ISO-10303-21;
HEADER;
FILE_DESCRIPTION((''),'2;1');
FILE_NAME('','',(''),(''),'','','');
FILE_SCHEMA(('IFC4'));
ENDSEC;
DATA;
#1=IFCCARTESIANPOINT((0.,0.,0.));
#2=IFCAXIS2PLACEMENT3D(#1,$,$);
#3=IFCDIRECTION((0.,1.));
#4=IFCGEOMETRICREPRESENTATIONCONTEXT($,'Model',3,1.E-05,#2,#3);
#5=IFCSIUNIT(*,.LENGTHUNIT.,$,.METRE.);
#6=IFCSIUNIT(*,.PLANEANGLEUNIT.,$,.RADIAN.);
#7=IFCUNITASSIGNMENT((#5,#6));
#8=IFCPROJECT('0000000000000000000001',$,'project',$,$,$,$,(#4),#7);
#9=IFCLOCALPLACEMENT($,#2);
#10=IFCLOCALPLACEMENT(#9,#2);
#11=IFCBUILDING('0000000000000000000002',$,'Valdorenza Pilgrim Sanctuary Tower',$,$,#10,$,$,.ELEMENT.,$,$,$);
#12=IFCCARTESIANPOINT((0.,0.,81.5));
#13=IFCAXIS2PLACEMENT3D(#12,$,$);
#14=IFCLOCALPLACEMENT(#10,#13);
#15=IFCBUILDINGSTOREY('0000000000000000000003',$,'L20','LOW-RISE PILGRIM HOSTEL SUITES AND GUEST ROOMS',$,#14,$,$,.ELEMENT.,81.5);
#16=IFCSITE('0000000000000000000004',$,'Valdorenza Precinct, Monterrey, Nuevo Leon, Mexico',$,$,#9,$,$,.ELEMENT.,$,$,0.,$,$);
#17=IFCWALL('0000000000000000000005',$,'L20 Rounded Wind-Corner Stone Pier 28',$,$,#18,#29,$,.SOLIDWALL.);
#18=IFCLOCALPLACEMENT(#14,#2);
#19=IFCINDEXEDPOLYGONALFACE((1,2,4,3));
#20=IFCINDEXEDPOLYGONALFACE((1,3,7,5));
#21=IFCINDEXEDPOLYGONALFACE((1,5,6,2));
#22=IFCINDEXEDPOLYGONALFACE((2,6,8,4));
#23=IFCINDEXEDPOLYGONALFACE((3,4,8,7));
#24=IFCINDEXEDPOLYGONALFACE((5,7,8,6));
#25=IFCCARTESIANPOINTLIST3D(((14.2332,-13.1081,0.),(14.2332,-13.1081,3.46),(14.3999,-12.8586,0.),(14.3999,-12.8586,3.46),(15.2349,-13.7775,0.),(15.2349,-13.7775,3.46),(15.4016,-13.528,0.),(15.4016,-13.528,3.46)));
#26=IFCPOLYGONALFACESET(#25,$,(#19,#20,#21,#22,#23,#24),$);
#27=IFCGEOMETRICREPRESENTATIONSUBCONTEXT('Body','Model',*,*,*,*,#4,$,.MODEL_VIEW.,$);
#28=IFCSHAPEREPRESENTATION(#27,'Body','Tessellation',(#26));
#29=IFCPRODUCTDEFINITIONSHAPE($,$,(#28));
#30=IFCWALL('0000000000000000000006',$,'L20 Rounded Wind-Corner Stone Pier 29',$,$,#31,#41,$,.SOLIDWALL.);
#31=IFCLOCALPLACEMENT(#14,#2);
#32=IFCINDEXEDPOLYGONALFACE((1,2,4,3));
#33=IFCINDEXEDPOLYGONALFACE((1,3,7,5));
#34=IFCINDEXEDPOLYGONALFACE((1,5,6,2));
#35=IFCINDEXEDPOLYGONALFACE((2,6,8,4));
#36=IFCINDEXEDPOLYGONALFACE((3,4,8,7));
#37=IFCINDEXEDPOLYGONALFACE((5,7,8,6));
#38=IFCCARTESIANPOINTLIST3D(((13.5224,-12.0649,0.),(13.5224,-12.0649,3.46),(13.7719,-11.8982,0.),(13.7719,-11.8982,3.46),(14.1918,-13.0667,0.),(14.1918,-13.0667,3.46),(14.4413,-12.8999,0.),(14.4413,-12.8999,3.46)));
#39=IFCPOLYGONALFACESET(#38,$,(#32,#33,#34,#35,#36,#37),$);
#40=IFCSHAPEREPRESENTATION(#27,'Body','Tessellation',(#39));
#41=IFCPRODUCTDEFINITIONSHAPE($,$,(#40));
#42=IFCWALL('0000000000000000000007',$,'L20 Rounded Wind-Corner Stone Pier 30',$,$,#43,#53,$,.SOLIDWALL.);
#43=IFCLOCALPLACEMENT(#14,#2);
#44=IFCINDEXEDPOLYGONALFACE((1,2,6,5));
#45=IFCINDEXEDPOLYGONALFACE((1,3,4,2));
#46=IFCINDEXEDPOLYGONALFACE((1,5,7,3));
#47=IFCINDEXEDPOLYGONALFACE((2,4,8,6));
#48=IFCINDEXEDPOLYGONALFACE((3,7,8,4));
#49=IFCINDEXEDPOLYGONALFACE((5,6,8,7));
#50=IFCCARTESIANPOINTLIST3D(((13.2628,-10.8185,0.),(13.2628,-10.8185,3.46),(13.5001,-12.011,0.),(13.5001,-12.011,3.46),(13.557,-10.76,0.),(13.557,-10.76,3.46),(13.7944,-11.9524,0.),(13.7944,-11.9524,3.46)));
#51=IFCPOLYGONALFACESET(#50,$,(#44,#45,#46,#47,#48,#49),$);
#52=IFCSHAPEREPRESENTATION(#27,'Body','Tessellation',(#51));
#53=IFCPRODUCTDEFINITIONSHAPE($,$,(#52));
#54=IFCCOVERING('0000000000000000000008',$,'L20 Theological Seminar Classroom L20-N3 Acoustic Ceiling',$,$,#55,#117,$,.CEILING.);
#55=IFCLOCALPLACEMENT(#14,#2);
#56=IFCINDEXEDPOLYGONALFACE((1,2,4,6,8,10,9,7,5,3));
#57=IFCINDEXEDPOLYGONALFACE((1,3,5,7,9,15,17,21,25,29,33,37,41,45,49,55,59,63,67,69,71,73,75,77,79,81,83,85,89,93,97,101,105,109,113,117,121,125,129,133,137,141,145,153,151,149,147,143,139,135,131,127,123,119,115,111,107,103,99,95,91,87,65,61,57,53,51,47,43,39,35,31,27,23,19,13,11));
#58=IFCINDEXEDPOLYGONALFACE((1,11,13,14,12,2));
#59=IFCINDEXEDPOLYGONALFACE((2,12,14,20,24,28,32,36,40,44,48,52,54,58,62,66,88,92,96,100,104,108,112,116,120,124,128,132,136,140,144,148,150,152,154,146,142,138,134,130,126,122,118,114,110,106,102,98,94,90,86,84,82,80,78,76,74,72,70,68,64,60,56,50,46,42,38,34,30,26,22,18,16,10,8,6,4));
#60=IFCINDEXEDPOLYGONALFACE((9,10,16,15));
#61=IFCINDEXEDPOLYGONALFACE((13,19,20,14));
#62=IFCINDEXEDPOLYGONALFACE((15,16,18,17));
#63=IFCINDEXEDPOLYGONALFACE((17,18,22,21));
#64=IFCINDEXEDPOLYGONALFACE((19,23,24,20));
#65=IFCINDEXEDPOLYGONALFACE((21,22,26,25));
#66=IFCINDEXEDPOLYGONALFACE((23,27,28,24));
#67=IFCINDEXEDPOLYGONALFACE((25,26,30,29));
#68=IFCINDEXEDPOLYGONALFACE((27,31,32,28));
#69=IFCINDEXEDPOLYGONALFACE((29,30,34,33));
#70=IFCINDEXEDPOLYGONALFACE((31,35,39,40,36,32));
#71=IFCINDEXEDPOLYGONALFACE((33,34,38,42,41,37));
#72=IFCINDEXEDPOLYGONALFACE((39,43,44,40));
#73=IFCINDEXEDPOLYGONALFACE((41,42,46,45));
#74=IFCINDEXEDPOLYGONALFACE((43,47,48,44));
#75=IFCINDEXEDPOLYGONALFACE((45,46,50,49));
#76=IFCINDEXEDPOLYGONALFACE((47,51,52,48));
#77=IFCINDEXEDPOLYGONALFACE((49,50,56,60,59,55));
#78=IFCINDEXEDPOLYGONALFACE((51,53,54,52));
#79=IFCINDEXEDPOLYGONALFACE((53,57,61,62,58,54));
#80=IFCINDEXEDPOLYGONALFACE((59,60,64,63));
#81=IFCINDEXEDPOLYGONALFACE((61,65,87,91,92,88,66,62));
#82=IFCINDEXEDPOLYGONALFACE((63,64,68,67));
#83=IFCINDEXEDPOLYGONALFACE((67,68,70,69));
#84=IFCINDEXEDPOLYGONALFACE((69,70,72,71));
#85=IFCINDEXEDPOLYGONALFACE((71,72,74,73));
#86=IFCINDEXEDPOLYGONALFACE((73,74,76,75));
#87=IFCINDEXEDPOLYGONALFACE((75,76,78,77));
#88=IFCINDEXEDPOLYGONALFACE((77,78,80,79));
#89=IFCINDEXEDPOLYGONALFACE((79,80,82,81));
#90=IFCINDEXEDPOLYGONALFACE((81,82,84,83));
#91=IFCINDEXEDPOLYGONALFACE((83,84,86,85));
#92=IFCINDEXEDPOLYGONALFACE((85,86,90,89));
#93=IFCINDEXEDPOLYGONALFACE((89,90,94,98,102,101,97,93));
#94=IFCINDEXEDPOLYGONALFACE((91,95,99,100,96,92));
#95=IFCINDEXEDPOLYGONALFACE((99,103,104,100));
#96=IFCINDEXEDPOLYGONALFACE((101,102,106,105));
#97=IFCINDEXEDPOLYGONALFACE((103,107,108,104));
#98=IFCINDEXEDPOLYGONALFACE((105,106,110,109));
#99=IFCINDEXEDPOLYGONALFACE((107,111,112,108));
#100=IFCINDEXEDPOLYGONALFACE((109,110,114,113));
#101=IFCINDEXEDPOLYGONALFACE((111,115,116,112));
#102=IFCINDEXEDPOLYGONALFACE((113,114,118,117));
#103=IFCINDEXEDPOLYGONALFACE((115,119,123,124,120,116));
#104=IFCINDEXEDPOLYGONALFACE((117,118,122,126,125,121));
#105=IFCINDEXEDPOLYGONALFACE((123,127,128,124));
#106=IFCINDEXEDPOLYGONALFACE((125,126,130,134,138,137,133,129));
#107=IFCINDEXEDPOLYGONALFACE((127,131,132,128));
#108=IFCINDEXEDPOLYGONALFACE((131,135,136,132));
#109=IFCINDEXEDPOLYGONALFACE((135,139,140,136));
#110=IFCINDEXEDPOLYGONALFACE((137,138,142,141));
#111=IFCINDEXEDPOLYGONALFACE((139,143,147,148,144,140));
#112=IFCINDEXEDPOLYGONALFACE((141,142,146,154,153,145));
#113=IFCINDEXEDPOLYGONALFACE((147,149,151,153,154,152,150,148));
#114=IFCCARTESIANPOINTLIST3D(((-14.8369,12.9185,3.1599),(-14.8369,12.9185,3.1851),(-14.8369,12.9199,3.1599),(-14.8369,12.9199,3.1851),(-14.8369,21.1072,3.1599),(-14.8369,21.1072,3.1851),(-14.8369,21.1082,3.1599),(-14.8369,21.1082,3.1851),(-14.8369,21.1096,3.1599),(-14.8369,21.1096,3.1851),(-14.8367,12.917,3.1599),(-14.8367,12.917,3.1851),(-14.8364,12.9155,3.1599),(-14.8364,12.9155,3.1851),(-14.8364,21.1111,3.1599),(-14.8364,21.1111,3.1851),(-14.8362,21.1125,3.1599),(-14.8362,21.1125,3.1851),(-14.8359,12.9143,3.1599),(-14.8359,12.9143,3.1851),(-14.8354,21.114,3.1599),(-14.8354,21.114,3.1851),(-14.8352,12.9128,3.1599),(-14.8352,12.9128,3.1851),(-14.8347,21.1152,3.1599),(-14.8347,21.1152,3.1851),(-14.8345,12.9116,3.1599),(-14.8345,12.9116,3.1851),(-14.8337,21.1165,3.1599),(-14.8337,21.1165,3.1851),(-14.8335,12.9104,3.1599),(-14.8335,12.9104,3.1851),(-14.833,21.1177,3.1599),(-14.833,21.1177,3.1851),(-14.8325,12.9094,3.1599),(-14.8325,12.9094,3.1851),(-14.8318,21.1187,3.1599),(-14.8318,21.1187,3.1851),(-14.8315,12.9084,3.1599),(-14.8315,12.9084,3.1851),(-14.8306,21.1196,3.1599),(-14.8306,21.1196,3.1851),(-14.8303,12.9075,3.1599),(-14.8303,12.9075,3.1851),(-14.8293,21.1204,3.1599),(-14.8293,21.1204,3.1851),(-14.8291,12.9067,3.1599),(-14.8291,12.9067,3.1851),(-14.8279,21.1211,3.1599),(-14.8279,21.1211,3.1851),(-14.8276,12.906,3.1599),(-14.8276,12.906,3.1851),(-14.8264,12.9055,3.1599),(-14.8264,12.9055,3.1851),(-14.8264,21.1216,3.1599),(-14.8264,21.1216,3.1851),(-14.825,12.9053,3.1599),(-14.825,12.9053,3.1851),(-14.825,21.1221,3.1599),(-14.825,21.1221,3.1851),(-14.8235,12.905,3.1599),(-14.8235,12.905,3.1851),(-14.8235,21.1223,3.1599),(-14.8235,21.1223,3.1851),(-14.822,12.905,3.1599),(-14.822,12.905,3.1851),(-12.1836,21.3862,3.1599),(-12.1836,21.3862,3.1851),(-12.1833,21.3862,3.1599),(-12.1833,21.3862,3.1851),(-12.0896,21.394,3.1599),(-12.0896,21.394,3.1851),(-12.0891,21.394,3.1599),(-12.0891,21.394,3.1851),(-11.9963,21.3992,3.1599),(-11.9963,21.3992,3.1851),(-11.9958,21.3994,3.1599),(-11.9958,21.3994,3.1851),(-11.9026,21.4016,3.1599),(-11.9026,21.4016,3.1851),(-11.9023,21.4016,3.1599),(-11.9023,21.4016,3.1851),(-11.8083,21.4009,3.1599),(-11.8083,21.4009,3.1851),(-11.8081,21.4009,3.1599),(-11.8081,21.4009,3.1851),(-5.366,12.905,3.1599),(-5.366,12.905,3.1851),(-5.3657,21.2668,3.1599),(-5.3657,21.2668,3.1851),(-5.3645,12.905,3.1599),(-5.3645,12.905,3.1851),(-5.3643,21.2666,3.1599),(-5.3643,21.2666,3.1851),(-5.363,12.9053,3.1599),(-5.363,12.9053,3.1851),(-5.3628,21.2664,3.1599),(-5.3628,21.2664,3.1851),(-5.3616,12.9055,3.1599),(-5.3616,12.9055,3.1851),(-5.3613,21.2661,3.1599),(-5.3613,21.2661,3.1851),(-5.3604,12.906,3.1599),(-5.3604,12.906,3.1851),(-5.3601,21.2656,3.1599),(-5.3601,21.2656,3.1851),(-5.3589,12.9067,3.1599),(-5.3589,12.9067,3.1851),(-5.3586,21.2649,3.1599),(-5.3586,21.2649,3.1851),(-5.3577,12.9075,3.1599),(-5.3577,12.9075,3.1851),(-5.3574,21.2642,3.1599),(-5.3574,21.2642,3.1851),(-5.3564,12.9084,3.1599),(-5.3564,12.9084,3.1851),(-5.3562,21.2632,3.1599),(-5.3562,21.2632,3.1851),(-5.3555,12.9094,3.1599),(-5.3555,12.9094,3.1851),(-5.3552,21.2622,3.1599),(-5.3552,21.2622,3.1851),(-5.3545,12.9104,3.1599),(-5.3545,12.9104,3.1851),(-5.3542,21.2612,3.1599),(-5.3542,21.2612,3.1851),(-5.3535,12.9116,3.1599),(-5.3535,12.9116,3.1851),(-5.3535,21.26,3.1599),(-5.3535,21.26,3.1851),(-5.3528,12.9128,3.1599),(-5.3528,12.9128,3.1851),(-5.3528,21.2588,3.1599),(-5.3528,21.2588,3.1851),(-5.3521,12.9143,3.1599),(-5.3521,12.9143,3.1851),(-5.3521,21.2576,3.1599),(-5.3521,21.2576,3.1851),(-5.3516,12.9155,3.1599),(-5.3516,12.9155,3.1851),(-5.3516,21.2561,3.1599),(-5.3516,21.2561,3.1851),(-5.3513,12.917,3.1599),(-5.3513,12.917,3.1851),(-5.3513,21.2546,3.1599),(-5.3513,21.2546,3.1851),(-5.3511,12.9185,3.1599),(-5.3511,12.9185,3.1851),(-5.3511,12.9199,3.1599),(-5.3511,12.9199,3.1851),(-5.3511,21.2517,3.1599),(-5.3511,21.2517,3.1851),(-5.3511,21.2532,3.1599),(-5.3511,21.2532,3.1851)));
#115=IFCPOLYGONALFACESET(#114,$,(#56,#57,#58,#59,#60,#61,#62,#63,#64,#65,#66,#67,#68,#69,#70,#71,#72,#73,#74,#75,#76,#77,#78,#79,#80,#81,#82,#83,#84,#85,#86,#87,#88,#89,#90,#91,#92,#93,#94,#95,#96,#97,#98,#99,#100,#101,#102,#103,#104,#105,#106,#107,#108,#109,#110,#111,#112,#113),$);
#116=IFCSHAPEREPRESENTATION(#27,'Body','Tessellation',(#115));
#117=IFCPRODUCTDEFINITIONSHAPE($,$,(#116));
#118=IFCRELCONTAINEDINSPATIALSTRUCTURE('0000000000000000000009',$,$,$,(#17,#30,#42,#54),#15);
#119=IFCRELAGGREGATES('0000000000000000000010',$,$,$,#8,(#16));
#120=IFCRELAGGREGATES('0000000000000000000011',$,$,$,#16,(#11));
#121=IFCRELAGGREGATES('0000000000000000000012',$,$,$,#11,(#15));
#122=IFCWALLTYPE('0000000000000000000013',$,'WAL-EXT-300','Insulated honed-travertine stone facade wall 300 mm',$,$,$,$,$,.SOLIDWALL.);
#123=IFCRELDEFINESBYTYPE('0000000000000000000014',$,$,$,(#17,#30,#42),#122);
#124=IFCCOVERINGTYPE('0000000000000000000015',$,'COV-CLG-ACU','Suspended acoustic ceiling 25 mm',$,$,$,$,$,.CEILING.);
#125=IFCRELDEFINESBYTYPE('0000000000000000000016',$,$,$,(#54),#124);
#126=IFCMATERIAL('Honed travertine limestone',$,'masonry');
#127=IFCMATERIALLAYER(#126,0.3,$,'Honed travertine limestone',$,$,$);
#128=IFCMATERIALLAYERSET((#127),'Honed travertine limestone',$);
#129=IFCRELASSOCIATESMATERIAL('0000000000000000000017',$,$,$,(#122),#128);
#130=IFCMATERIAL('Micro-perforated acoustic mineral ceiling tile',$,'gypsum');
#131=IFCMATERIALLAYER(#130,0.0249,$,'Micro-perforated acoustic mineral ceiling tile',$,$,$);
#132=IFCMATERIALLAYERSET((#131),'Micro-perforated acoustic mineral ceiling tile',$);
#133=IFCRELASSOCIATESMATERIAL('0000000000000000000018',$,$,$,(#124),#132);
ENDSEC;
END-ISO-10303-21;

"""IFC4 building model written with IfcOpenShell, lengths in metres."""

from ifc_helpers import new_model, si_unit, direction, frame, frame_2d, origin, place, context, subcontext, project, spatial, polyline, rectangle, outline, extrude, material, layer, layer_set, type_object, element, save


model = new_model("IFC4")

# Units and contexts
model_context = context("Model", 3, precision=1e-05, world=origin(), true_north=direction((0.0, 1.0)))
body_context = subcontext(model_context, "Body", "Model", "MODEL_VIEW")
ifc_project = project(units=[si_unit("LENGTHUNIT", "METRE"), si_unit("PLANEANGLEUNIT", "RADIAN")], contexts=[model_context])

# Site, building, storey
site_placement = place(None, origin())
site = spatial("IfcSite", under=ifc_project, at=site_placement, Name="Valdorenza Precinct, Monterrey, Nuevo Leon, Mexico", CompositionType="ELEMENT", RefElevation=0.0)
building_placement = place(site_placement, origin())
building = spatial("IfcBuilding", under=site, at=building_placement, Name="Valdorenza Pilgrim Sanctuary Tower", CompositionType="ELEMENT")
storey_placement = place(building_placement, frame((0.0, 0.0, 81.5)))
storey = spatial("IfcBuildingStorey", under=building, at=storey_placement, Name="L20", Description="LOW-RISE PILGRIM HOSTEL SUITES AND GUEST ROOMS", CompositionType="ELEMENT", Elevation=81.5)

# Shared definitions
ifc_material_1 = material(Name="Honed travertine limestone", Category="masonry")

# Walls
ifc_layer_1 = layer(ifc_material_1, 0.3, Name="Honed travertine limestone")
ifc_layer_set_1 = layer_set([ifc_layer_1], Name="Honed travertine limestone")
wall_type_1 = type_object("IfcWallType", Name="WAL-EXT-300", Description="Insulated honed-travertine stone facade wall 300 mm", PredefinedType="SOLIDWALL", material=ifc_layer_set_1)
for number, where, z_axis, x_axis, name in (
    (1, (15.3184, -13.6528, 0.0), (0.0, 0.0, 1.0), (-0.831426, 0.555635, 0.0), "L20 Rounded Wind-Corner Stone Pier 28"),
    (2, (14.3167, -12.9834, 0.0), (0.0, 0.0, 1.0), (-0.555635, 0.831426, 0.0), "L20 Rounded Wind-Corner Stone Pier 29"),
):
    element("IfcWall", number, at=place(storey_placement, frame(where, z_axis=z_axis, x_axis=x_axis)), inside=storey, type_object=wall_type_1, Name=name, PredefinedType="SOLIDWALL", context=body_context, shape_type="SweptSolid", body=[
        extrude(rectangle(XDim=1.2048, YDim=0.3, at=frame_2d((0.6025, 0.0))), origin(), (0.0, 0.0, 1.0), 3.46),
    ])
wall_1_placement = place(storey_placement, frame((13.6472, -11.9817, 0.0), z_axis=(0.0, 0.0, 1.0), x_axis=(-0.195189, 0.980766, 0.0)))
element("IfcWall", 3, at=wall_1_placement, inside=storey, type_object=wall_type_1, Name="L20 Rounded Wind-Corner Stone Pier 30", PredefinedType="SOLIDWALL", context=body_context, shape_type="SweptSolid", body=[
    extrude(rectangle(XDim=1.2158, YDim=0.3, at=frame_2d((0.6079, 0.0))), origin(), (0.0, 0.0, 1.0), 3.46),
])

# Covering
ifc_material_2 = material(Name="Micro-perforated acoustic mineral ceiling tile", Category="gypsum")
ifc_layer_2 = layer(ifc_material_2, 0.0249, Name="Micro-perforated acoustic mineral ceiling tile")
ifc_layer_set_2 = layer_set([ifc_layer_2], Name="Micro-perforated acoustic mineral ceiling tile")
covering_type_1 = type_object("IfcCoveringType", Name="COV-CLG-ACU", Description="Suspended acoustic ceiling 25 mm", PredefinedType="CEILING", material=ifc_layer_set_2)
covering_1_placement = place(storey_placement, frame((0.0, 0.0, 3.1599)))
element("IfcCovering", 4, at=covering_1_placement, inside=storey, type_object=covering_type_1, Name="L20 Theological Seminar Classroom L20-N3 Acoustic Ceiling", PredefinedType="CEILING", context=body_context, shape_type="SweptSolid", body=[
    extrude(outline(polyline([(-14.8369, 21.1072), (-14.8369, 21.1082), (-14.8369, 21.1096), (-14.8364, 21.1111), (-14.8362, 21.1125), (-14.8354, 21.114), (-14.8347, 21.1152), (-14.8337, 21.1165), (-14.833, 21.1177), (-14.8318, 21.1187), (-14.8306, 21.1196), (-14.8293, 21.1204), (-14.8279, 21.1211), (-14.8264, 21.1216), (-14.825, 21.1221), (-14.8235, 21.1223), (-12.1836, 21.3862), (-12.1833, 21.3862), (-12.0896, 21.394), (-12.0891, 21.394), (-11.9963, 21.3992), (-11.9958, 21.3994), (-11.9026, 21.4016), (-11.9023, 21.4016), (-11.8083, 21.4009), (-11.8081, 21.4009), (-5.3657, 21.2668), (-5.3643, 21.2666), (-5.3628, 21.2664), (-5.3613, 21.2661), (-5.3601, 21.2656), (-5.3586, 21.2649), (-5.3574, 21.2642), (-5.3562, 21.2632), (-5.3552, 21.2622), (-5.3542, 21.2612), (-5.3535, 21.26), (-5.3528, 21.2588), (-5.3521, 21.2576), (-5.3516, 21.2561), (-5.3513, 21.2546), (-5.3511, 21.2532), (-5.3511, 21.2517), (-5.3511, 12.9199), (-5.3511, 12.9185), (-5.3513, 12.917), (-5.3516, 12.9155), (-5.3521, 12.9143), (-5.3528, 12.9128), (-5.3535, 12.9116), (-5.3545, 12.9104), (-5.3555, 12.9094), (-5.3564, 12.9084), (-5.3577, 12.9075), (-5.3589, 12.9067), (-5.3604, 12.906), (-5.3616, 12.9055), (-5.363, 12.9053), (-5.3645, 12.905), (-5.366, 12.905), (-14.822, 12.905), (-14.8235, 12.905), (-14.825, 12.9053), (-14.8264, 12.9055), (-14.8276, 12.906), (-14.8291, 12.9067), (-14.8303, 12.9075), (-14.8315, 12.9084), (-14.8325, 12.9094), (-14.8335, 12.9104), (-14.8345, 12.9116), (-14.8352, 12.9128), (-14.8359, 12.9143), (-14.8364, 12.9155), (-14.8367, 12.917), (-14.8369, 12.9185), (-14.8369, 12.9199), (-14.8369, 21.1072), (-14.8369, 21.1072)])), origin(), (0.0, 0.0, 1.0), 0.0251),
])

save(model, "model.ifc")
